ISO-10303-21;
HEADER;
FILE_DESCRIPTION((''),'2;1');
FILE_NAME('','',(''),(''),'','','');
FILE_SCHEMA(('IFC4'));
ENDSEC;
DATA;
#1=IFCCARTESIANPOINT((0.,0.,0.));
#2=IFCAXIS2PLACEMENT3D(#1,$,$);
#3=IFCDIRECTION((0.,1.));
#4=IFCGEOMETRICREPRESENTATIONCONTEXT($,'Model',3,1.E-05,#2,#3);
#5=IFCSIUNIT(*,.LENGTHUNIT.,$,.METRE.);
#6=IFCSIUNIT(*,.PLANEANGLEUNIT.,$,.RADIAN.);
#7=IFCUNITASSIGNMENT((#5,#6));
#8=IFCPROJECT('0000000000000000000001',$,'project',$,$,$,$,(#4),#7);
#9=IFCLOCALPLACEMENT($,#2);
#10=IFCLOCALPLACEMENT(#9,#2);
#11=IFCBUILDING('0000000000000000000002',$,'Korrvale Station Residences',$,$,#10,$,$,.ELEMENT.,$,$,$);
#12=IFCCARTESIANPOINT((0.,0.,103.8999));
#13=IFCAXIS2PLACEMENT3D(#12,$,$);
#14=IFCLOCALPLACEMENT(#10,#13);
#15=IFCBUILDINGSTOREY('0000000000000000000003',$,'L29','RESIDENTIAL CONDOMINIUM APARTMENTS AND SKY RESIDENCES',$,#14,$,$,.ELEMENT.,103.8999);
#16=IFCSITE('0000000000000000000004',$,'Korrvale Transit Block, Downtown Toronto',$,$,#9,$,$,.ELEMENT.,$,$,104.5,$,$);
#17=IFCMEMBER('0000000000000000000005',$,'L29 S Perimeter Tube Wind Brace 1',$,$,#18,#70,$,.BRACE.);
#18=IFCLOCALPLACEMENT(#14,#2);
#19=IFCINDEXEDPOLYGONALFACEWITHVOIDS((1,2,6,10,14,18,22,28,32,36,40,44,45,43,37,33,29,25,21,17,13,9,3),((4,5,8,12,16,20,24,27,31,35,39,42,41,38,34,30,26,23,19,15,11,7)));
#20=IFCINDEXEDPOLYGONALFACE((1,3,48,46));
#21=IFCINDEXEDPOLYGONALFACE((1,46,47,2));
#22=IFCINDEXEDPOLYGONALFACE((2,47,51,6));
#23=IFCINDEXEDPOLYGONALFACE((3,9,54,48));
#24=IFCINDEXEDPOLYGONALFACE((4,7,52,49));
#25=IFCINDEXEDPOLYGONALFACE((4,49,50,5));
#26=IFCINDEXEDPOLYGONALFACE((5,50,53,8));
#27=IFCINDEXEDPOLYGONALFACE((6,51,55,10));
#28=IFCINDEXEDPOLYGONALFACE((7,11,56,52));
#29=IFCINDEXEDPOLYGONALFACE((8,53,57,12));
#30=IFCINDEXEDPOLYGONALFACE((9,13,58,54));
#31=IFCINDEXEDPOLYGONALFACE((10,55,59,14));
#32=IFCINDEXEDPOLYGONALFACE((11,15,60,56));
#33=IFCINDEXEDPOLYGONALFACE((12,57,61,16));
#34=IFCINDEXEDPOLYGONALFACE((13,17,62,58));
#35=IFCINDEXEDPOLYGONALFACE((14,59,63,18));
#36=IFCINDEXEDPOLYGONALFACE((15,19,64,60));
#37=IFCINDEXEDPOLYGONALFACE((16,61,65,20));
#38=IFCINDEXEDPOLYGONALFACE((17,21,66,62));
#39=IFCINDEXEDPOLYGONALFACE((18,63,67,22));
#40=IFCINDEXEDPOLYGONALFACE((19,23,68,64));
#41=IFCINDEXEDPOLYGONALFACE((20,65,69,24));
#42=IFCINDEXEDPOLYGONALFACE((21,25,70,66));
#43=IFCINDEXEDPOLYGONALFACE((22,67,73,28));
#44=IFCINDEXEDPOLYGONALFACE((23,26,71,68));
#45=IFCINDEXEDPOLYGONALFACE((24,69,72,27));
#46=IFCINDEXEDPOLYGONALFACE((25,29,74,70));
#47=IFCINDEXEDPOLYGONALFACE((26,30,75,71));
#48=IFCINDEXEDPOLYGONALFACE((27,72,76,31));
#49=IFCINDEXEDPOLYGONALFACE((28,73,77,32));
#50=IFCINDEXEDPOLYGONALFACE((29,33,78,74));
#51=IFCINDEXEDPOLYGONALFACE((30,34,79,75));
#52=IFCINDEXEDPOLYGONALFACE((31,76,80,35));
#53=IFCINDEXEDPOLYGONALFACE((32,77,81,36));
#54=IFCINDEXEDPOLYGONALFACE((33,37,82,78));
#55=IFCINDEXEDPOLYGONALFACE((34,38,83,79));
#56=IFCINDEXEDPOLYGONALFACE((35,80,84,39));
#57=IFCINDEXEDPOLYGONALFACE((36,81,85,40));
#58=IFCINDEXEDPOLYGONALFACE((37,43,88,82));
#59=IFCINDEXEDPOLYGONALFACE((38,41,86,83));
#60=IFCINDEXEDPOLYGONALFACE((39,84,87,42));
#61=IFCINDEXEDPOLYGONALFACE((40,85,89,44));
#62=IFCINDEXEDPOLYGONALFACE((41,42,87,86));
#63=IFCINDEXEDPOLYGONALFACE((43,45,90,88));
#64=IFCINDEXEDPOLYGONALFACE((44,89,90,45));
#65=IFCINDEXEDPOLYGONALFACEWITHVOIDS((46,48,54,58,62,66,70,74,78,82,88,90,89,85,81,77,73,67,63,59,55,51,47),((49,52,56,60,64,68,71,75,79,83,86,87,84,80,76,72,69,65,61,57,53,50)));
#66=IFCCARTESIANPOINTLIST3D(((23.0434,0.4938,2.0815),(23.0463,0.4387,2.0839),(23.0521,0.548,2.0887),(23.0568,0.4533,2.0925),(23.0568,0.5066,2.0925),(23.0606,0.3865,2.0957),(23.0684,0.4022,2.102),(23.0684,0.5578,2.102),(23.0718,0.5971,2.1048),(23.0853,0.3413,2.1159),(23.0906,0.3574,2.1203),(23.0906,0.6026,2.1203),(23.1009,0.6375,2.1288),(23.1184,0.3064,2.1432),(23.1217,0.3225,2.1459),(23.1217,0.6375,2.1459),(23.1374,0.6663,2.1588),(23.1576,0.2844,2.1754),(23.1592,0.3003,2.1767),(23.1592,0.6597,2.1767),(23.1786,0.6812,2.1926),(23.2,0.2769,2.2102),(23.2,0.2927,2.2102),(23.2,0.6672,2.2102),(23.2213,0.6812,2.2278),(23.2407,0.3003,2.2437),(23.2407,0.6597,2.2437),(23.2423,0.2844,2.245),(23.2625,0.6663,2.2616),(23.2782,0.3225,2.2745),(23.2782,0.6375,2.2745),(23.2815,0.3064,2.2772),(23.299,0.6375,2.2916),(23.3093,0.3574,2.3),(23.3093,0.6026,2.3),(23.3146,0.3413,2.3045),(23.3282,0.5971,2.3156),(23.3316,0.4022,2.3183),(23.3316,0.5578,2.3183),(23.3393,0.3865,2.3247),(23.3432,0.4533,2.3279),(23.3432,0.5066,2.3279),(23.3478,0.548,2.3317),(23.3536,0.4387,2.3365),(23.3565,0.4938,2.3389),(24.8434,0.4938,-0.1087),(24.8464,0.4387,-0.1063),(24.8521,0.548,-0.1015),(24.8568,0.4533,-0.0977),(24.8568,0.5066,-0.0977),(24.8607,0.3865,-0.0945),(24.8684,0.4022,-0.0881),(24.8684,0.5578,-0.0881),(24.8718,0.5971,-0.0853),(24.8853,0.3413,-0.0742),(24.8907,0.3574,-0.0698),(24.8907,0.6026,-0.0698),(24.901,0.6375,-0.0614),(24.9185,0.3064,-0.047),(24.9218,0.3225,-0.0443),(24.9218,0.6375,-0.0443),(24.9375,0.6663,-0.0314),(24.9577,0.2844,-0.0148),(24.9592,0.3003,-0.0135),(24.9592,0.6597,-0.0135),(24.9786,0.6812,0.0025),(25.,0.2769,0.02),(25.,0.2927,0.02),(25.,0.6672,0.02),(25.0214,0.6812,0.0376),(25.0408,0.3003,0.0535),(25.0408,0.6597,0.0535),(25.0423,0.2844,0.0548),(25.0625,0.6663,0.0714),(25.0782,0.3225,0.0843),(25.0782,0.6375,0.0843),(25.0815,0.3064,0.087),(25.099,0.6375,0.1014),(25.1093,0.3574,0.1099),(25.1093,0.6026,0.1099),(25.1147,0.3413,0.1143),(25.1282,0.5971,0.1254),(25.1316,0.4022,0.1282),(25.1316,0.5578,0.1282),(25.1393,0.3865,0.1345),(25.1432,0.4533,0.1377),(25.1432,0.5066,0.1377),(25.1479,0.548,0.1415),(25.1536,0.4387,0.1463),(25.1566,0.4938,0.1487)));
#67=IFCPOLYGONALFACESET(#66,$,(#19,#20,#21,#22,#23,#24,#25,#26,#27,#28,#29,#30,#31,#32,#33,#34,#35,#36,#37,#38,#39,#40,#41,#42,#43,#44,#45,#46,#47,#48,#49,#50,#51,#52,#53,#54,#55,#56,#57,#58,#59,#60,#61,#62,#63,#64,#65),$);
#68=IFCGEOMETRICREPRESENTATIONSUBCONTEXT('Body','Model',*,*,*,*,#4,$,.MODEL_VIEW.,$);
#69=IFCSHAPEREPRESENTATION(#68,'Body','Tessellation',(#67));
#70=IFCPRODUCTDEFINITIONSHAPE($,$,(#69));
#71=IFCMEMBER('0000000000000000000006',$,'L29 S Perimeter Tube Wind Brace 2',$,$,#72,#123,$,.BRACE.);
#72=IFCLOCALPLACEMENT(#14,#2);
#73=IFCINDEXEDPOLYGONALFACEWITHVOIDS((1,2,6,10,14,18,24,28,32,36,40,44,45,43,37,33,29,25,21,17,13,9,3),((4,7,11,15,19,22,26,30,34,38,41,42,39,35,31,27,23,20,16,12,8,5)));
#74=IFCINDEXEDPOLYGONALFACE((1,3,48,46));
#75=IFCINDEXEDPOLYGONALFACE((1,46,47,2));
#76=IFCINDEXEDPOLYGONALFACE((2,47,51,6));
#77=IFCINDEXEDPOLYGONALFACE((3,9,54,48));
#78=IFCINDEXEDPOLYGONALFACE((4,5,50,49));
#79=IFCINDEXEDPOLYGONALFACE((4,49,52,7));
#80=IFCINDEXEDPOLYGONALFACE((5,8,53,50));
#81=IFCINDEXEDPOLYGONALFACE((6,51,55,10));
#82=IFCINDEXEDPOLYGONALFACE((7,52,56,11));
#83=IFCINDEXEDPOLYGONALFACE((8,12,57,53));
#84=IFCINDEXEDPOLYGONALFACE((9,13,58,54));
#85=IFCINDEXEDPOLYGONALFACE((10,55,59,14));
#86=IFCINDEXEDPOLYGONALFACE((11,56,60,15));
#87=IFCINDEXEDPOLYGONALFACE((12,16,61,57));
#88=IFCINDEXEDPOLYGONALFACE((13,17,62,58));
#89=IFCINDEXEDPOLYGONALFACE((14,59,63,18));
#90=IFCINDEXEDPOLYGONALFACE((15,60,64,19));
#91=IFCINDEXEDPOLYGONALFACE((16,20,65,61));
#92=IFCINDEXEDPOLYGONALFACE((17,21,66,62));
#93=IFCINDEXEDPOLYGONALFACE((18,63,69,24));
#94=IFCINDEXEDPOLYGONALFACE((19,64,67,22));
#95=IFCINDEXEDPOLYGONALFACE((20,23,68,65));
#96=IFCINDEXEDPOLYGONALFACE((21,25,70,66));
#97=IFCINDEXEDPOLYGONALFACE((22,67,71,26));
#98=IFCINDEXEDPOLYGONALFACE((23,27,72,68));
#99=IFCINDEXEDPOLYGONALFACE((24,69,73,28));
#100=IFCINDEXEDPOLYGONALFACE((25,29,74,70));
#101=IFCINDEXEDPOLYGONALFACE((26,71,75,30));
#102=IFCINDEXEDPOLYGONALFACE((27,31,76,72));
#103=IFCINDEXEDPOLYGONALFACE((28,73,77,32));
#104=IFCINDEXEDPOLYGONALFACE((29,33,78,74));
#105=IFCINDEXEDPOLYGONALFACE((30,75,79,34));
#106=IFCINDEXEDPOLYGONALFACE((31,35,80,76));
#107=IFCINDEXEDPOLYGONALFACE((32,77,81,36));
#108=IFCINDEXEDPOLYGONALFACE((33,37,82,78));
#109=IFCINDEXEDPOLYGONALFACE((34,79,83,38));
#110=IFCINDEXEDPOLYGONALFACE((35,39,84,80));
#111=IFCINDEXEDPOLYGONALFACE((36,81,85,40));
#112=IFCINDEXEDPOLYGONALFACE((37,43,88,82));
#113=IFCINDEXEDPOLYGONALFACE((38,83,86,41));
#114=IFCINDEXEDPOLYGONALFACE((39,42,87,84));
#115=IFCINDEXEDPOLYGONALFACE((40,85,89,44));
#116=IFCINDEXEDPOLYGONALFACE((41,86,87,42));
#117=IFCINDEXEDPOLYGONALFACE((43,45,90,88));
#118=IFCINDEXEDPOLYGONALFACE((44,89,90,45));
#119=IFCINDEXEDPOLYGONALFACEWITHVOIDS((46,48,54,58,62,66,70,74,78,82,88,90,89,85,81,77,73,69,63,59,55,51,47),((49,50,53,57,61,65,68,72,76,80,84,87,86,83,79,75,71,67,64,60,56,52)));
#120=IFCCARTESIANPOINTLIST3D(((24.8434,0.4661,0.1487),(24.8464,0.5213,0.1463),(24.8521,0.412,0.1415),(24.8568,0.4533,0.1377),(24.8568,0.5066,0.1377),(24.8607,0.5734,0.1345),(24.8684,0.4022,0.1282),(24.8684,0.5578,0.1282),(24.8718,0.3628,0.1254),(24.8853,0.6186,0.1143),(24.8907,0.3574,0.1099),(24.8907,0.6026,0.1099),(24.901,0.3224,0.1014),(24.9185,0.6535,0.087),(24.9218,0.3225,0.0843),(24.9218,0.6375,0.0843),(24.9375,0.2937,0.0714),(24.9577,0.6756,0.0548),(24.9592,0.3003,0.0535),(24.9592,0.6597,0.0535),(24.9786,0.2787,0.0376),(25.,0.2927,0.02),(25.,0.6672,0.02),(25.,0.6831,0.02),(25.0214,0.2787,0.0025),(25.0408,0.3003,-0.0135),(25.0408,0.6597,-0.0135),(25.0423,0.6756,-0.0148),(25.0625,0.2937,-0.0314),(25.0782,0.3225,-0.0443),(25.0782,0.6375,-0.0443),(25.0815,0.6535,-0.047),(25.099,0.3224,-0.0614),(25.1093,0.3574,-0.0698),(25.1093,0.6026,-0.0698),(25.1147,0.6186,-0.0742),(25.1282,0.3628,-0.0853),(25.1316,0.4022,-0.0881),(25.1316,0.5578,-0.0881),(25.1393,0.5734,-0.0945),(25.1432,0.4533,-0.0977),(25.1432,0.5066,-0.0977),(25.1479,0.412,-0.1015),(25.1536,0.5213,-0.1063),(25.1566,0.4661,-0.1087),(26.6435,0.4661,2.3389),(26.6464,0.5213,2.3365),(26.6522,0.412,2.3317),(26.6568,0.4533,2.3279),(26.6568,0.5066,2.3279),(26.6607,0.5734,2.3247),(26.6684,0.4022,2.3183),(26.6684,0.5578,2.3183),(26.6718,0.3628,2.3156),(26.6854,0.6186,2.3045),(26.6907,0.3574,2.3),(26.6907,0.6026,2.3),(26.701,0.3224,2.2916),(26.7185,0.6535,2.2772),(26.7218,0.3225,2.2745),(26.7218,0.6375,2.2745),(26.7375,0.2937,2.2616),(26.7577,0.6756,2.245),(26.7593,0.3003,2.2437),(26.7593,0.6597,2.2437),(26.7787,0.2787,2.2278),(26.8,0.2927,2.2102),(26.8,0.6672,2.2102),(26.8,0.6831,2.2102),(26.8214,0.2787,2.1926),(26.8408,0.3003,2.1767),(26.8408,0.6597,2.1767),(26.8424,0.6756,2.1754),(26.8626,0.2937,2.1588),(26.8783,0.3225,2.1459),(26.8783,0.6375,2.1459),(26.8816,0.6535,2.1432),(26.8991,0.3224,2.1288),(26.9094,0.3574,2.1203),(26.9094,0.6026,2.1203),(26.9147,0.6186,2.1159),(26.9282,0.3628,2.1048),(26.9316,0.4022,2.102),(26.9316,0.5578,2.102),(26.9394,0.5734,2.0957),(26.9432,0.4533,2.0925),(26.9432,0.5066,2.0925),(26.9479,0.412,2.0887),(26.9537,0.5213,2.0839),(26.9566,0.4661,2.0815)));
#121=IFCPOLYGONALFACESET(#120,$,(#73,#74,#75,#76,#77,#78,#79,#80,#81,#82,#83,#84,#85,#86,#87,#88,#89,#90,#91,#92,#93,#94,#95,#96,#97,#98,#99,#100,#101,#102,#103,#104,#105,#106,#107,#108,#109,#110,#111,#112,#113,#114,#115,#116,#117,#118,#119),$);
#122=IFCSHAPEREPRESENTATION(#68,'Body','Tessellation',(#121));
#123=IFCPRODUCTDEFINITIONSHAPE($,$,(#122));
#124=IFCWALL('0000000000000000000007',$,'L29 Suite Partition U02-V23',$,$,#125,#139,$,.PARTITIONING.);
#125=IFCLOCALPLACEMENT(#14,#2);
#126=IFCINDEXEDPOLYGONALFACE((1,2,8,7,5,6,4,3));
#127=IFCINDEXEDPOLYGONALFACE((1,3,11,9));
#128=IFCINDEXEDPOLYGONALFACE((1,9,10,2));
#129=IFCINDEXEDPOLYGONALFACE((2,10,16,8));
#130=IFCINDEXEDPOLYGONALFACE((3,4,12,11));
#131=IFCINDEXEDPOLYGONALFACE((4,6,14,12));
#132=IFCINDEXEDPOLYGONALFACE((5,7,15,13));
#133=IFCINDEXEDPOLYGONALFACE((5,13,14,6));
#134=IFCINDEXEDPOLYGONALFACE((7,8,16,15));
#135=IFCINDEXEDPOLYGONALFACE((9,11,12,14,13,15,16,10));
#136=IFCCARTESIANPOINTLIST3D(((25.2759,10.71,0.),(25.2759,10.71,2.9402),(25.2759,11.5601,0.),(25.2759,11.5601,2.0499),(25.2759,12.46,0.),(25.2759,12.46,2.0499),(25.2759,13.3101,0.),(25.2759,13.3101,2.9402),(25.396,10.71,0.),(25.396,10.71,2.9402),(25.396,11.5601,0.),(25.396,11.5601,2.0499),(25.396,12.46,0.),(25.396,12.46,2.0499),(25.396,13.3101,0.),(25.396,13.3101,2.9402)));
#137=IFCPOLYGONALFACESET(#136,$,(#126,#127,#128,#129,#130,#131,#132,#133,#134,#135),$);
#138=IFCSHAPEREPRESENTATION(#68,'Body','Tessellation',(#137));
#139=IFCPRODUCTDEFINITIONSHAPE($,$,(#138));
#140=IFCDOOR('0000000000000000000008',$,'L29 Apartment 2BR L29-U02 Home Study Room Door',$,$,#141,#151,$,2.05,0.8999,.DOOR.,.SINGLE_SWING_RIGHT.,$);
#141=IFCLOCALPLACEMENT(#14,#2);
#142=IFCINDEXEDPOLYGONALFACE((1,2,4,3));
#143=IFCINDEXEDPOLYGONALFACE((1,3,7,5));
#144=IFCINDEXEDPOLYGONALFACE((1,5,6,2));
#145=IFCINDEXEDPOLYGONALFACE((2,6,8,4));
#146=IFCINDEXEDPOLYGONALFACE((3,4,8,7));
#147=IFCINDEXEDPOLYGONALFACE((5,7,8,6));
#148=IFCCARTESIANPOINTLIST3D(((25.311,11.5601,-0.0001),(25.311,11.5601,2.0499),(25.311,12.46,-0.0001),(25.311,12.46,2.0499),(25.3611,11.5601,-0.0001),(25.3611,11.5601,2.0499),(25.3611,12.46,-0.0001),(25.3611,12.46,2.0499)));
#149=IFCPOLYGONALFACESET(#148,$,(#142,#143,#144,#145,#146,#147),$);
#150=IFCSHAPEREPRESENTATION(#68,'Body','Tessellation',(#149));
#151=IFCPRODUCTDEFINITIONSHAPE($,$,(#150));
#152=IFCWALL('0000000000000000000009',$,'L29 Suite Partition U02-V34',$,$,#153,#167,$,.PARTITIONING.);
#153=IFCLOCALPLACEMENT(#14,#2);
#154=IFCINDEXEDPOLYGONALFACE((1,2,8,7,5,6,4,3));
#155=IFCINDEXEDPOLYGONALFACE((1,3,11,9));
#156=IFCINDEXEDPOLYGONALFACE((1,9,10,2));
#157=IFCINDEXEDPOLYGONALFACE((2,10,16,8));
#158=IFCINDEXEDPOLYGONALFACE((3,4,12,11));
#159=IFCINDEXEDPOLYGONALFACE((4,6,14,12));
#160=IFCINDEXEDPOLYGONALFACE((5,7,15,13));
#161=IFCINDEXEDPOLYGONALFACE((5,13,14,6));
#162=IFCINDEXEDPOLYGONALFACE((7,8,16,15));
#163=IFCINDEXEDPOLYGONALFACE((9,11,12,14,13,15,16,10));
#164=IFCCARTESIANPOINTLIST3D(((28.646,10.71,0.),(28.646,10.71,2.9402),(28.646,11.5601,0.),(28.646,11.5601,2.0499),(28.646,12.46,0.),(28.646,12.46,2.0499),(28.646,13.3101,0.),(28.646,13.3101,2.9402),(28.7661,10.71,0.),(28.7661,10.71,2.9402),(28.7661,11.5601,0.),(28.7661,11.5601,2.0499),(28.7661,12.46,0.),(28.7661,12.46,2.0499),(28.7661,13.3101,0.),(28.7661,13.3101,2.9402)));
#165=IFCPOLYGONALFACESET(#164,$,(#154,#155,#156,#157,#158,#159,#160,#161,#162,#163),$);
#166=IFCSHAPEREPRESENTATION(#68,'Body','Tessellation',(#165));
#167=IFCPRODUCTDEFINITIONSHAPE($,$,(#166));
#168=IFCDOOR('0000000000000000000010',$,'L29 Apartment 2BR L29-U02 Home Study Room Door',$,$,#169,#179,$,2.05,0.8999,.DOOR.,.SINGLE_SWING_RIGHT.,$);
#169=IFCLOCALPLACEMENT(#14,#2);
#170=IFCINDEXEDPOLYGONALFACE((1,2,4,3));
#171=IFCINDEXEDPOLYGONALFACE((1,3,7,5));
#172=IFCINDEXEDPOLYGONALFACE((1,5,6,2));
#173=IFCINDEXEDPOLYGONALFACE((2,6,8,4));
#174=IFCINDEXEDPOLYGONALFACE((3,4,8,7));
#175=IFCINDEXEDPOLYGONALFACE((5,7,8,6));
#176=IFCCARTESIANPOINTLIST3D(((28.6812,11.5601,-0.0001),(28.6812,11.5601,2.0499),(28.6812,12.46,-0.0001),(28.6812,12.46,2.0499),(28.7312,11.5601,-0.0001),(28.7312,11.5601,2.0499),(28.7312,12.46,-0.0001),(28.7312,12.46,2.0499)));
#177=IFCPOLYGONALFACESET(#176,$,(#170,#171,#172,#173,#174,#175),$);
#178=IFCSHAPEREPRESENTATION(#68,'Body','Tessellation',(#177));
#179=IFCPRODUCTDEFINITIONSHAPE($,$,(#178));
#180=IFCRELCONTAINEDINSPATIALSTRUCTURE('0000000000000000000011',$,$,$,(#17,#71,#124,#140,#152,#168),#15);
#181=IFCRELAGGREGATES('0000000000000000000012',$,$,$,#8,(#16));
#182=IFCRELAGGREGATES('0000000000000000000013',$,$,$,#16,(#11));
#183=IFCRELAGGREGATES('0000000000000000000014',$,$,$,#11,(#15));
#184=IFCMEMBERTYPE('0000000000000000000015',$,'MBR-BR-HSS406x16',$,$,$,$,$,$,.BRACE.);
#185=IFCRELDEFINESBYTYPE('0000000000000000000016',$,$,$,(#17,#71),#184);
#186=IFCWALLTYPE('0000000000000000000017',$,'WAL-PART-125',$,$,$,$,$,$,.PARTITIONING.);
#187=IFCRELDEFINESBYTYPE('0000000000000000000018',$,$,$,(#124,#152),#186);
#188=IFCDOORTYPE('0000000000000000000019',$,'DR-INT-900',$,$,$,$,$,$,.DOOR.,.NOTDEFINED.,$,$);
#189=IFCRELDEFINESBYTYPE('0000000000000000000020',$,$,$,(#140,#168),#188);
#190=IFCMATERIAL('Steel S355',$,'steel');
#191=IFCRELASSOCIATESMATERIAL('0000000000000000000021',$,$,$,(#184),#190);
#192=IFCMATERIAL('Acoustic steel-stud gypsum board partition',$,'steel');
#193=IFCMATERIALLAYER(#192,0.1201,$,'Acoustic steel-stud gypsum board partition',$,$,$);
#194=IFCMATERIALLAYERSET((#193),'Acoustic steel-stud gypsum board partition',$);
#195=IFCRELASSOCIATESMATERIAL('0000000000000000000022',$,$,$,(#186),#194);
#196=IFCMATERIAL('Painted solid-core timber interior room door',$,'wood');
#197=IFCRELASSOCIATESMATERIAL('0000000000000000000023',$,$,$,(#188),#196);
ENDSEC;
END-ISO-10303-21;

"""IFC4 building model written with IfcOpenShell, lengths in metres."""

from ifc_helpers import new_model, si_unit, direction, frame, frame_2d, origin, origin_2d, place, context, subcontext, project, spatial, rectangle, hollow_circle, extrude, material, layer, layer_set, material_profile, profile_set, type_object, element, fill, save


model = new_model("IFC4")

# Units and contexts
model_context = context("Model", 3, precision=1e-05, world=origin(), true_north=direction((0.0, 1.0)))
body_context = subcontext(model_context, "Body", "Model", "MODEL_VIEW")
ifc_project = project(units=[si_unit("LENGTHUNIT", "METRE"), si_unit("PLANEANGLEUNIT", "RADIAN")], contexts=[model_context])

# Site, building, storey
site_placement = place(None, origin())
site = spatial("IfcSite", under=ifc_project, at=site_placement, Name="Korrvale Transit Block, Downtown Toronto", CompositionType="ELEMENT", RefElevation=104.5)
building_placement = place(site_placement, origin())
building = spatial("IfcBuilding", under=site, at=building_placement, Name="Korrvale Station Residences", CompositionType="ELEMENT")
storey_placement = place(building_placement, frame((0.0, 0.0, 103.8999)))
storey = spatial("IfcBuildingStorey", under=building, at=storey_placement, Name="L29", Description="RESIDENTIAL CONDOMINIUM APARTMENTS AND SKY RESIDENCES", CompositionType="ELEMENT", Elevation=103.8999)

# Shared definitions
ifc_material_1 = material(Name="Steel S355", Category="steel")

# Members
ifc_material_profile_1 = material_profile(ifc_material_1, hollow_circle(Radius=0.2031, WallThickness=0.0159, at=origin_2d()), Name="HSS406x16")
ifc_profile_set_1 = profile_set([ifc_material_profile_1], Name="Steel S355")
member_type = type_object("IfcMemberType", Name="MBR-BR-HSS406x16", PredefinedType="BRACE", material=ifc_profile_set_1)
for number, where, z_axis, x_axis, name in (
    (1, (25.0, 0.48, 0.02), (-0.634943, 0.0, 0.772559), (0.0, -1.0, 0.0), "L29 S Perimeter Tube Wind Brace 1"),
    (2, (25.0, 0.48, 0.02), (0.634943, 0.0, 0.772559), (0.0, 1.0, 0.0), "L29 S Perimeter Tube Wind Brace 2"),
):
    element("IfcMember", number, at=place(storey_placement, frame(where, z_axis=z_axis, x_axis=x_axis)), inside=storey, type_object=member_type, Name=name, PredefinedType="BRACE", context=body_context, shape_type="SweptSolid", body=[
        extrude(hollow_circle(Radius=0.2031, WallThickness=0.0159, at=origin_2d()), origin(), (0.0, 0.0, 1.0), 2.835),
    ])

# Walls, openings, doors
ifc_material_2 = material(Name="Acoustic steel-stud gypsum board partition", Category="steel")
ifc_layer_1 = layer(ifc_material_2, 0.1201, Name="Acoustic steel-stud gypsum board partition")
ifc_layer_set_1 = layer_set([ifc_layer_1], Name="Acoustic steel-stud gypsum board partition")
wall_type_1 = type_object("IfcWallType", Name="WAL-PART-125", PredefinedType="PARTITIONING", material=ifc_layer_set_1)
wall_1_placement = place(storey_placement, frame((25.3359, 10.71, 0.0), z_axis=(0.0, 0.0, 1.0), x_axis=(0.0, 1.0, 0.0)))
wall_1 = element("IfcWall", 3, at=wall_1_placement, inside=storey, type_object=wall_type_1, Name="L29 Suite Partition U02-V23", PredefinedType="PARTITIONING", context=body_context, shape_type="SweptSolid", body=[
    extrude(rectangle(XDim=2.6001, YDim=0.1201, at=frame_2d((1.3, 0.0))), origin(), (0.0, 0.0, 1.0), 2.9402),
])
opening_1_placement = place(wall_1_placement, frame((0.8501, 0.0, 0.0)))
opening_1 = element("IfcOpeningElement", 4, at=opening_1_placement, cuts=wall_1, PredefinedType="OPENING", context=body_context, shape_type="SweptSolid", body=[
    extrude(rectangle(XDim=0.8999, YDim=2.05, at=frame_2d((0.45, 1.0249))), frame((0.0, 0.0701, 0.0), z_axis=(0.0, -1.0, 0.0), x_axis=(1.0, 0.0, 0.0)), (0.0, 0.0, 1.0), 0.1401),
])
ifc_material_3 = material(Name="Painted solid-core timber interior room door", Category="wood")
door_type_1 = type_object("IfcDoorType", Name="DR-INT-900", OperationType="NOTDEFINED", PredefinedType="DOOR", material=ifc_material_3)
door_1_placement = place(opening_1_placement, origin())
door_1 = element("IfcDoor", 5, at=door_1_placement, inside=storey, type_object=door_type_1, Name="L29 Apartment 2BR L29-U02 Home Study Room Door", OperationType="SINGLE_SWING_RIGHT", OverallHeight=2.05, OverallWidth=0.8999, PredefinedType="DOOR", context=body_context, shape_type="SweptSolid", body=[
    extrude(rectangle(XDim=0.8999, YDim=2.05, at=frame_2d((0.45, 1.0249))), frame((0.0, 0.0249, 0.0), z_axis=(0.0, -1.0, 0.0), x_axis=(1.0, 0.0, 0.0)), (0.0, 0.0, 1.0), 0.05),
])
fill(opening_1, door_1)
wall_2_placement = place(storey_placement, frame((28.7061, 10.71, 0.0), z_axis=(0.0, 0.0, 1.0), x_axis=(0.0, 1.0, 0.0)))
wall_2 = element("IfcWall", 6, at=wall_2_placement, inside=storey, type_object=wall_type_1, Name="L29 Suite Partition U02-V34", PredefinedType="PARTITIONING", context=body_context, shape_type="SweptSolid", body=[
    extrude(rectangle(XDim=2.6001, YDim=0.1201, at=frame_2d((1.3, 0.0))), origin(), (0.0, 0.0, 1.0), 2.9402),
])
opening_2_placement = place(wall_2_placement, frame((0.8501, 0.0, 0.0)))
opening_2 = element("IfcOpeningElement", 7, at=opening_2_placement, cuts=wall_2, PredefinedType="OPENING", context=body_context, shape_type="SweptSolid", body=[
    extrude(rectangle(XDim=0.8999, YDim=2.05, at=frame_2d((0.45, 1.0249))), frame((0.0, 0.0701, 0.0), z_axis=(0.0, -1.0, 0.0), x_axis=(1.0, 0.0, 0.0)), (0.0, 0.0, 1.0), 0.1401),
])
door_2_placement = place(opening_2_placement, origin())
door_2 = element("IfcDoor", 8, at=door_2_placement, inside=storey, type_object=door_type_1, Name="L29 Apartment 2BR L29-U02 Home Study Room Door", OperationType="SINGLE_SWING_RIGHT", OverallHeight=2.05, OverallWidth=0.8999, PredefinedType="DOOR", context=body_context, shape_type="SweptSolid", body=[
    extrude(rectangle(XDim=0.8999, YDim=2.05, at=frame_2d((0.45, 1.0249))), frame((0.0, 0.0249, 0.0), z_axis=(0.0, -1.0, 0.0), x_axis=(1.0, 0.0, 0.0)), (0.0, 0.0, 1.0), 0.05),
])
fill(opening_2, door_2)

save(model, "model.ifc")
